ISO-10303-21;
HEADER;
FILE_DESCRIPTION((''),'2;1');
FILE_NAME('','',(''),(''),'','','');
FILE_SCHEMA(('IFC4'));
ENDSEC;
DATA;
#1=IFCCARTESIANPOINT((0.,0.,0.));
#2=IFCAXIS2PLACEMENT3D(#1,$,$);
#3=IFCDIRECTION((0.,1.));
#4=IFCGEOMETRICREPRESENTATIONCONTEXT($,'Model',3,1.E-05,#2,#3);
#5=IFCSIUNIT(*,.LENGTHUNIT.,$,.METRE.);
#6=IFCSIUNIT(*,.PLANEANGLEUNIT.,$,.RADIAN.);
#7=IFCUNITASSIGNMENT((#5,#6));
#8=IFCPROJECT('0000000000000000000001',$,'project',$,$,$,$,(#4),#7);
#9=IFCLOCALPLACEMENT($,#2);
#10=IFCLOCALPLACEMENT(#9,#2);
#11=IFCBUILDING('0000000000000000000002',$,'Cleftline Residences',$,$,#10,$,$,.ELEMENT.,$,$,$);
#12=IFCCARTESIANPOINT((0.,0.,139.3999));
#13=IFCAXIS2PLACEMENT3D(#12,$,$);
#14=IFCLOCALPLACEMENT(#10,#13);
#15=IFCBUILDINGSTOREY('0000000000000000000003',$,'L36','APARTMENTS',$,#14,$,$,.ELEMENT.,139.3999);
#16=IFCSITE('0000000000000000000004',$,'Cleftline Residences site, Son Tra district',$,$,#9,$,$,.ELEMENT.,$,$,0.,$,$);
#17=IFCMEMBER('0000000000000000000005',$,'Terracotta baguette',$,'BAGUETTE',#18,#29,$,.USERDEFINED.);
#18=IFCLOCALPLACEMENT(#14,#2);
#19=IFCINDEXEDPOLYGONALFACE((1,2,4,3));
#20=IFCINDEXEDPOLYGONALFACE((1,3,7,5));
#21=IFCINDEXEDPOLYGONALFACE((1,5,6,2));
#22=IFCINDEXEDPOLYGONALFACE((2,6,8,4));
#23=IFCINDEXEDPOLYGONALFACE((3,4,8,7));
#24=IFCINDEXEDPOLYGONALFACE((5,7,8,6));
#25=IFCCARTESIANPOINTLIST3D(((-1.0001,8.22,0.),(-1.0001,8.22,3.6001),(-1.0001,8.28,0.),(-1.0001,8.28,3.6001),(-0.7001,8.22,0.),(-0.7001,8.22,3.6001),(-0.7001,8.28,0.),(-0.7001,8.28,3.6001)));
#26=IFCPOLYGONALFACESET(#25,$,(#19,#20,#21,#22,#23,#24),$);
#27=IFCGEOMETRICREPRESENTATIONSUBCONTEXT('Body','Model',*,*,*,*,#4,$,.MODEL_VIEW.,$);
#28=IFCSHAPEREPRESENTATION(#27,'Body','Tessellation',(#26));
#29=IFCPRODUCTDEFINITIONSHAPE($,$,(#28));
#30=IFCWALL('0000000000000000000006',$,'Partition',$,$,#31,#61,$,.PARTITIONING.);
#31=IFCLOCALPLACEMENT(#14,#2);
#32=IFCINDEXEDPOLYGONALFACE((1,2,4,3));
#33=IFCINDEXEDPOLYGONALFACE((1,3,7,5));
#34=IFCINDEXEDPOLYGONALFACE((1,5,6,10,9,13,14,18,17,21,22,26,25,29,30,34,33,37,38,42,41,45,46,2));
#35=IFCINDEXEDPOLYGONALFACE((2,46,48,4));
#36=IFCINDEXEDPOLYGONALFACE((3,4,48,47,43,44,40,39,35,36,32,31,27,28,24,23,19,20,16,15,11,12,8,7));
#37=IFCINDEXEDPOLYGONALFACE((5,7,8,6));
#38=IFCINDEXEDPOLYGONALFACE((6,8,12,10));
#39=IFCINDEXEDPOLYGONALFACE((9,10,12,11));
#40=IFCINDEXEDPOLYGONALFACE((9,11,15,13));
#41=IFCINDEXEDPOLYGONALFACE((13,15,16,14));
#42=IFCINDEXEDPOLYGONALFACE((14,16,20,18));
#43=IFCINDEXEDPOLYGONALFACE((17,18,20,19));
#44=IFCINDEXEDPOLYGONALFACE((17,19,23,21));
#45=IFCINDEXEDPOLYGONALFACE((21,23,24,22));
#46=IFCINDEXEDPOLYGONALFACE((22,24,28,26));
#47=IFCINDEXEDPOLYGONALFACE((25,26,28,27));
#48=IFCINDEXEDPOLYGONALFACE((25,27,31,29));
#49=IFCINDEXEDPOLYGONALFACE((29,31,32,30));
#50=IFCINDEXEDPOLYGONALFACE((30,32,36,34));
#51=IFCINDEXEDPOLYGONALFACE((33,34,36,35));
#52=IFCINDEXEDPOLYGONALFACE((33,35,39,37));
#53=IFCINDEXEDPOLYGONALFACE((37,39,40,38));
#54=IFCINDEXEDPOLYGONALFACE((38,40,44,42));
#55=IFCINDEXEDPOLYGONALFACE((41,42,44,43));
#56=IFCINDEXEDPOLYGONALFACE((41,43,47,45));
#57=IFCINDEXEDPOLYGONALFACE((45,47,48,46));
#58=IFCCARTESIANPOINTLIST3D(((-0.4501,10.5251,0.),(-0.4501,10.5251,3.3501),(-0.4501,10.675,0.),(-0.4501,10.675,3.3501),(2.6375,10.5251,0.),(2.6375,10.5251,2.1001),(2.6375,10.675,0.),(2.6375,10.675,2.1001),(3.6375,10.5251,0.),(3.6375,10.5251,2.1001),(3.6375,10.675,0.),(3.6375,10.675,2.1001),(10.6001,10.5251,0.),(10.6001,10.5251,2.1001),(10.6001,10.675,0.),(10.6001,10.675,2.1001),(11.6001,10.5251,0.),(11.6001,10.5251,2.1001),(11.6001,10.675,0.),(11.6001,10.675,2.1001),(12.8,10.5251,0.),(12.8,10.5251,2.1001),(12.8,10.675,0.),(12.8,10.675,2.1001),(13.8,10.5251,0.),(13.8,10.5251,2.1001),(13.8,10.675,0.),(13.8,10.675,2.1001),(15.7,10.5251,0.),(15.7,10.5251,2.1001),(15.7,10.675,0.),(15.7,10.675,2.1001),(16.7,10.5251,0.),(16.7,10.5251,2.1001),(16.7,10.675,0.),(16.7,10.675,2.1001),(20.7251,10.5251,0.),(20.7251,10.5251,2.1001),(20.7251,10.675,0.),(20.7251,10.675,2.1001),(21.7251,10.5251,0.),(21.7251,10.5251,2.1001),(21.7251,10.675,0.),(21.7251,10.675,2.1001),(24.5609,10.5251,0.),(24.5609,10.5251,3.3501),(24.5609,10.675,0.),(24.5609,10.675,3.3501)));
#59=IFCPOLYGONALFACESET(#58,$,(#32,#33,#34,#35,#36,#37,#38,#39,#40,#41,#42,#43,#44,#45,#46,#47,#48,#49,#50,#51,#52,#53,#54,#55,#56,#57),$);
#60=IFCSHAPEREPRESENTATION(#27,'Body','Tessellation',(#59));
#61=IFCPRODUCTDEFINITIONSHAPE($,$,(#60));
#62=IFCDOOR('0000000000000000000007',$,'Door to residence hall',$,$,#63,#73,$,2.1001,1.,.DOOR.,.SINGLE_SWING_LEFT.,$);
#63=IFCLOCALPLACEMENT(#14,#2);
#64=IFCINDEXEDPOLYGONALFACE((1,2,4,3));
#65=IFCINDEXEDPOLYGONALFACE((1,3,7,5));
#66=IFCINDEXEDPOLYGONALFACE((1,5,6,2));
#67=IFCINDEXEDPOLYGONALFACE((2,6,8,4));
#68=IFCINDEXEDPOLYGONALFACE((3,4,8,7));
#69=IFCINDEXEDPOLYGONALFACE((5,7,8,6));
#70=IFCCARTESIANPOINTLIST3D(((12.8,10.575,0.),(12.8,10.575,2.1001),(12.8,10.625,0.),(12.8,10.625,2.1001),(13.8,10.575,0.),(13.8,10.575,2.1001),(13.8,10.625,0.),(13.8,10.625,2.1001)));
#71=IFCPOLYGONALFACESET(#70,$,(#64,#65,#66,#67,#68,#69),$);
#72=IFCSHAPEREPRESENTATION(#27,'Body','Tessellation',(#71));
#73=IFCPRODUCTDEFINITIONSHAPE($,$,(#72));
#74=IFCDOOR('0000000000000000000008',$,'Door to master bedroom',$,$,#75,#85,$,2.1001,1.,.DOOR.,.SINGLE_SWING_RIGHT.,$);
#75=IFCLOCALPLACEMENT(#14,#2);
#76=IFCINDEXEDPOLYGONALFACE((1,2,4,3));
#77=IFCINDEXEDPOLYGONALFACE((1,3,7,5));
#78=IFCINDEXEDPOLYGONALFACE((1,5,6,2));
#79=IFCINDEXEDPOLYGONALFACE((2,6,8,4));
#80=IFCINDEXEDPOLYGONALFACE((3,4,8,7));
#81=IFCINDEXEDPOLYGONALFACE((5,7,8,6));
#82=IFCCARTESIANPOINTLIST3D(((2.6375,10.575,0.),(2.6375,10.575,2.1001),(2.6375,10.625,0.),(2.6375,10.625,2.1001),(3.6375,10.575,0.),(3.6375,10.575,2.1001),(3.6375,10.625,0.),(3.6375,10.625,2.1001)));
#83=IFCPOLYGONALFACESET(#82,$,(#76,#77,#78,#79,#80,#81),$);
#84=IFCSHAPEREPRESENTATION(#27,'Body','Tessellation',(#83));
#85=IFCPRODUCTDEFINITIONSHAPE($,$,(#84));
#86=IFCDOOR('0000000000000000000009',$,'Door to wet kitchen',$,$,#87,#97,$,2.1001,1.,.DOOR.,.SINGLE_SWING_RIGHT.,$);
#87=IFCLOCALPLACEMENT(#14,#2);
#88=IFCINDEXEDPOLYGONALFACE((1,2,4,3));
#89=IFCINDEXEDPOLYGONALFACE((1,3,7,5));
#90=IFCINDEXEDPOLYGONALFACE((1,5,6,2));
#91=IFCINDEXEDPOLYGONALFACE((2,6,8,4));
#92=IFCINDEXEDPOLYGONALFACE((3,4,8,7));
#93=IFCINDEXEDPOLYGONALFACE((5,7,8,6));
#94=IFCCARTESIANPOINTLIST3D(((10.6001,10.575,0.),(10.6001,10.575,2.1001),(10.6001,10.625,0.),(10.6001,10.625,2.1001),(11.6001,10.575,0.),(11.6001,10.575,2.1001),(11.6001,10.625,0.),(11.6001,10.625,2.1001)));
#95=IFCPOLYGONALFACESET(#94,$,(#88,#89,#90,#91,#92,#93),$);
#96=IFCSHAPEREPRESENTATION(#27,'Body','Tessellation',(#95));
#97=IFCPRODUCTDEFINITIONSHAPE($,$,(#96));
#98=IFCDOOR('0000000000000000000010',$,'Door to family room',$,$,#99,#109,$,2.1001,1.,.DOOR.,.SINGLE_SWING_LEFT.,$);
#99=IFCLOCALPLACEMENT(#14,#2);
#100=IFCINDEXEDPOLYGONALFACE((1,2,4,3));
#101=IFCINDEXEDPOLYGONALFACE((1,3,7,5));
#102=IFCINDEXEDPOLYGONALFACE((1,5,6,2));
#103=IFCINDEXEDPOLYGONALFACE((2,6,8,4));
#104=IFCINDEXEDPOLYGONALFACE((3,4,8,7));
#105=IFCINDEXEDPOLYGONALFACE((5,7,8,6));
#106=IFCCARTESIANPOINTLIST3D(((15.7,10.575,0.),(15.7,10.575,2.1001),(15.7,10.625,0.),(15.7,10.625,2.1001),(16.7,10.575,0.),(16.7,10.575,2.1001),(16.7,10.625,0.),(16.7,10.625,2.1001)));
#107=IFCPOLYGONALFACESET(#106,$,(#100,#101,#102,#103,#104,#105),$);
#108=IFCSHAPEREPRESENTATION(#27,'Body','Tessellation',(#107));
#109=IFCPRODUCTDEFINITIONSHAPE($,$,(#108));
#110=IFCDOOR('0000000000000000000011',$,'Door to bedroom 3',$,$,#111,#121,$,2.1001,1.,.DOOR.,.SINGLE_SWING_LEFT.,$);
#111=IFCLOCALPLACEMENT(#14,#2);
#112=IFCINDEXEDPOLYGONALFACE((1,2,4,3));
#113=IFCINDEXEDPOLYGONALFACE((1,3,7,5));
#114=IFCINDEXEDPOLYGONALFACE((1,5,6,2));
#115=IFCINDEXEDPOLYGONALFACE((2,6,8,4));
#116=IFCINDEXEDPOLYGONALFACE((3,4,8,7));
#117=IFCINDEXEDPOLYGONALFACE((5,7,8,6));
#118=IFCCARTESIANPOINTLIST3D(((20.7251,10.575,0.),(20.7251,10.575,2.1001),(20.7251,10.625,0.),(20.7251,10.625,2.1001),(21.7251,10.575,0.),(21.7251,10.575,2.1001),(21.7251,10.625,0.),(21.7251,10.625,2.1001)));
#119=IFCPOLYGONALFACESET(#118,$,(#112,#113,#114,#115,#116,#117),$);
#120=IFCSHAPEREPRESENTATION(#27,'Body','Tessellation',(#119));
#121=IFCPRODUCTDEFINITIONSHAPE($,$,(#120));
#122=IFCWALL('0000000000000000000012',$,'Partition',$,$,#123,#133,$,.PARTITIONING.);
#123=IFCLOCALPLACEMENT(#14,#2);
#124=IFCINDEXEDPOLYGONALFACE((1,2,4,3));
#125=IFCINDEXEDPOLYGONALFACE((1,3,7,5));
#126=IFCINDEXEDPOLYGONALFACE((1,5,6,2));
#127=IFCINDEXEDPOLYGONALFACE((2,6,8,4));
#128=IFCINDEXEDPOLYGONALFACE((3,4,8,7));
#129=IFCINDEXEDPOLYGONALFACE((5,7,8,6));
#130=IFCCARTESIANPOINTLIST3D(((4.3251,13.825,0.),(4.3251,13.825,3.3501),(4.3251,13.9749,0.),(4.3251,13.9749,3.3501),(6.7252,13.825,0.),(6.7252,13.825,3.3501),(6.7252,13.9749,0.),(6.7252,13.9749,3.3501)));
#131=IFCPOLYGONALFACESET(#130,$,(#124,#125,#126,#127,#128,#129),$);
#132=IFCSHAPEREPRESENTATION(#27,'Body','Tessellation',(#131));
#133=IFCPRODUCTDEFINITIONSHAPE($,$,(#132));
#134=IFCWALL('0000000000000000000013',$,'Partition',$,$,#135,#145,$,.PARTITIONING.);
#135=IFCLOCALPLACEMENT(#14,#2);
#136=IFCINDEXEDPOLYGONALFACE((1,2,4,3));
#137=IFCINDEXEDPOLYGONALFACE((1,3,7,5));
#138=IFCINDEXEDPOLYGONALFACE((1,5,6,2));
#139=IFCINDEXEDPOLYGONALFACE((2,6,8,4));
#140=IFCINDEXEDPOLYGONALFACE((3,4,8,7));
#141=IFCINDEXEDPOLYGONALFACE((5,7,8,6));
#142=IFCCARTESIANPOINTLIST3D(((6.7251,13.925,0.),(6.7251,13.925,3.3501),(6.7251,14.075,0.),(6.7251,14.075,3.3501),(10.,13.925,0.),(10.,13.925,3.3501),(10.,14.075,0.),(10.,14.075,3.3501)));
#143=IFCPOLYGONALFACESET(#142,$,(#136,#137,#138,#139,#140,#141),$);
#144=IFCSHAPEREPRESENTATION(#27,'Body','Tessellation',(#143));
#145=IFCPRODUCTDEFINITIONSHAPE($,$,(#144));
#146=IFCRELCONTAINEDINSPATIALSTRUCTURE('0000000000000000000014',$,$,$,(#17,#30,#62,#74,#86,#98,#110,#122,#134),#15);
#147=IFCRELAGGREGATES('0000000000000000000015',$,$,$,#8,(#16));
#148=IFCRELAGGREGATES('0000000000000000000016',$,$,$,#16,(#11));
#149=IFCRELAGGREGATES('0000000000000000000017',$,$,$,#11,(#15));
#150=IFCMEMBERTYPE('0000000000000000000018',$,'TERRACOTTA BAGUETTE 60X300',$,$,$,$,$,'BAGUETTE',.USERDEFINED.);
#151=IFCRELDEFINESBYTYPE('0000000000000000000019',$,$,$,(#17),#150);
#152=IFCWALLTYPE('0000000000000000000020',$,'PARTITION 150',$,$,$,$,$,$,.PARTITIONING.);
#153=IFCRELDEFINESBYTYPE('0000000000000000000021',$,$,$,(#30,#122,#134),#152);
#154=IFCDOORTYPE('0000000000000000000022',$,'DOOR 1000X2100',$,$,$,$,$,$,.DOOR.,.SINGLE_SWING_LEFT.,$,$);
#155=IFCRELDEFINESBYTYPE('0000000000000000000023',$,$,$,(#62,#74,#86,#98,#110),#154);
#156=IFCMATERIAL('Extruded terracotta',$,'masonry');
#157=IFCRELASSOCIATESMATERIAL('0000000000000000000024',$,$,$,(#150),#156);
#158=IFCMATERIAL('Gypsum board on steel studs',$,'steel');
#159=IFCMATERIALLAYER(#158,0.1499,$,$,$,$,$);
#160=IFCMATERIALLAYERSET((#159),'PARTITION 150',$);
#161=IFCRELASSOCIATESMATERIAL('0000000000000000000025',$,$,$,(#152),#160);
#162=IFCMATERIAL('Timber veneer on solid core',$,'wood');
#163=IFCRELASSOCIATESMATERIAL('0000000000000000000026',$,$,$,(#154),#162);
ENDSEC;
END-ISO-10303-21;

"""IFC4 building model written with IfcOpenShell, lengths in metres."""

from ifc_helpers import new_model, si_unit, direction, frame, frame_2d, origin, origin_2d, place, context, subcontext, project, spatial, rectangle, extrude, material, layer, layer_set, material_profile, profile_set, type_object, element, fill, save


model = new_model("IFC4")

# Units and contexts
model_context = context("Model", 3, precision=1e-05, world=origin(), true_north=direction((0.0, 1.0)))
body_context = subcontext(model_context, "Body", "Model", "MODEL_VIEW")
ifc_project = project(units=[si_unit("LENGTHUNIT", "METRE"), si_unit("PLANEANGLEUNIT", "RADIAN")], contexts=[model_context])

# Site, building, storey
site_placement = place(None, origin())
site = spatial("IfcSite", under=ifc_project, at=site_placement, Name="Cleftline Residences site, Son Tra district", CompositionType="ELEMENT", RefElevation=0.0)
building_placement = place(site_placement, origin())
building = spatial("IfcBuilding", under=site, at=building_placement, Name="Cleftline Residences", CompositionType="ELEMENT")
storey_placement = place(building_placement, frame((0.0, 0.0, 139.3999)))
storey = spatial("IfcBuildingStorey", under=building, at=storey_placement, Name="L36", Description="APARTMENTS", CompositionType="ELEMENT", Elevation=139.3999)

# Member
ifc_material_1 = material(Name="Extruded terracotta", Category="masonry")
ifc_material_profile_1 = material_profile(ifc_material_1, rectangle(XDim=0.0601, YDim=0.3, at=origin_2d()))
ifc_profile_set_1 = profile_set([ifc_material_profile_1], Name="Extruded terracotta")
member_type_1 = type_object("IfcMemberType", Name="TERRACOTTA BAGUETTE 60X300", ElementType="BAGUETTE", PredefinedType="USERDEFINED", material=ifc_profile_set_1)
for number, where, z_axis, x_axis, name in (
    (1, (-0.8501, 8.25, 0.0), (0.0, 0.0, 1.0), (0.0, 1.0, 0.0), "Terracotta baguette"),
):
    element("IfcMember", number, at=place(storey_placement, frame(where, z_axis=z_axis, x_axis=x_axis)), inside=storey, type_object=member_type_1, Name=name, ObjectType="BAGUETTE", PredefinedType="USERDEFINED", context=body_context, shape_type="SweptSolid", body=[
        extrude(rectangle(XDim=0.0601, YDim=0.3, at=origin_2d()), origin(), (0.0, 0.0, 1.0), 3.6001),
    ])

# Wall, openings, doors
ifc_material_2 = material(Name="Gypsum board on steel studs", Category="steel")
ifc_layer = layer(ifc_material_2, 0.1499)
ifc_layer_set = layer_set([ifc_layer], Name="PARTITION 150")
wall_type = type_object("IfcWallType", Name="PARTITION 150", PredefinedType="PARTITIONING", material=ifc_layer_set)
wall_1_placement = place(storey_placement, frame((-0.45, 10.6001, 0.0), z_axis=(0.0, 0.0, 1.0), x_axis=(1.0, 0.0, 0.0)))
wall_1 = element("IfcWall", 2, at=wall_1_placement, inside=storey, type_object=wall_type, Name="Partition", PredefinedType="PARTITIONING", context=body_context, shape_type="SweptSolid", body=[
    extrude(rectangle(XDim=25.011, YDim=0.1499, at=frame_2d((12.5054, 0.0))), origin(), (0.0, 0.0, 1.0), 3.3501),
])
opening_1_placement = place(wall_1_placement, frame((13.25, 0.0, 0.0)))
opening_1 = element("IfcOpeningElement", 3, at=opening_1_placement, cuts=wall_1, PredefinedType="OPENING", context=body_context, shape_type="SweptSolid", body=[
    extrude(rectangle(XDim=1.0, YDim=2.1001, at=frame_2d((0.5, 1.05))), frame((0.0, 0.085, 0.0), z_axis=(0.0, -1.0, 0.0), x_axis=(1.0, 0.0, 0.0)), (0.0, 0.0, 1.0), 0.1699),
])
opening_2_placement = place(wall_1_placement, frame((3.0874, 0.0, 0.0)))
opening_2 = element("IfcOpeningElement", 4, at=opening_2_placement, cuts=wall_1, PredefinedType="OPENING", context=body_context, shape_type="SweptSolid", body=[
    extrude(rectangle(XDim=1.0, YDim=2.1001, at=frame_2d((0.5, 1.05))), frame((0.0, 0.085, 0.0), z_axis=(0.0, -1.0, 0.0), x_axis=(1.0, 0.0, 0.0)), (0.0, 0.0, 1.0), 0.1699),
])
opening_3_placement = place(wall_1_placement, frame((11.05, 0.0, 0.0)))
opening_3 = element("IfcOpeningElement", 5, at=opening_3_placement, cuts=wall_1, PredefinedType="OPENING", context=body_context, shape_type="SweptSolid", body=[
    extrude(rectangle(XDim=1.0, YDim=2.1001, at=frame_2d((0.5, 1.05))), frame((0.0, 0.085, 0.0), z_axis=(0.0, -1.0, 0.0), x_axis=(1.0, 0.0, 0.0)), (0.0, 0.0, 1.0), 0.1699),
])
opening_4_placement = place(wall_1_placement, frame((16.1499, 0.0, 0.0)))
opening_4 = element("IfcOpeningElement", 6, at=opening_4_placement, cuts=wall_1, PredefinedType="OPENING", context=body_context, shape_type="SweptSolid", body=[
    extrude(rectangle(XDim=1.0, YDim=2.1001, at=frame_2d((0.5, 1.05))), frame((0.0, 0.085, 0.0), z_axis=(0.0, -1.0, 0.0), x_axis=(1.0, 0.0, 0.0)), (0.0, 0.0, 1.0), 0.1699),
])
opening_5_placement = place(wall_1_placement, frame((21.175, 0.0, 0.0)))
opening_5 = element("IfcOpeningElement", 7, at=opening_5_placement, cuts=wall_1, PredefinedType="OPENING", context=body_context, shape_type="SweptSolid", body=[
    extrude(rectangle(XDim=1.0, YDim=2.1001, at=frame_2d((0.5, 1.05))), frame((0.0, 0.085, 0.0), z_axis=(0.0, -1.0, 0.0), x_axis=(1.0, 0.0, 0.0)), (0.0, 0.0, 1.0), 0.1699),
])
ifc_material_3 = material(Name="Timber veneer on solid core", Category="wood")
door_type_1 = type_object("IfcDoorType", Name="DOOR 1000X2100", OperationType="SINGLE_SWING_LEFT", PredefinedType="DOOR", material=ifc_material_3)
door_1_placement = place(opening_1_placement, origin())
door_1 = element("IfcDoor", 8, at=door_1_placement, inside=storey, type_object=door_type_1, Name="Door to residence hall", OperationType="SINGLE_SWING_LEFT", OverallHeight=2.1001, OverallWidth=1.0, PredefinedType="DOOR", context=body_context, shape_type="SweptSolid", body=[
    extrude(rectangle(XDim=1.0, YDim=2.1001, at=frame_2d((0.5, 1.05))), frame((0.0, 0.0249, 0.0), z_axis=(0.0, -1.0, 0.0), x_axis=(1.0, 0.0, 0.0)), (0.0, 0.0, 1.0), 0.05),
])
fill(opening_1, door_1)
door_2_placement = place(opening_2_placement, origin())
door_2 = element("IfcDoor", 9, at=door_2_placement, inside=storey, type_object=door_type_1, Name="Door to master bedroom", OperationType="SINGLE_SWING_RIGHT", OverallHeight=2.1001, OverallWidth=1.0, PredefinedType="DOOR", context=body_context, shape_type="SweptSolid", body=[
    extrude(rectangle(XDim=1.0, YDim=2.1001, at=frame_2d((0.5, 1.05))), frame((0.0, 0.0249, 0.0), z_axis=(0.0, -1.0, 0.0), x_axis=(1.0, 0.0, 0.0)), (0.0, 0.0, 1.0), 0.05),
])
fill(opening_2, door_2)
door_3_placement = place(opening_3_placement, origin())
door_3 = element("IfcDoor", 10, at=door_3_placement, inside=storey, type_object=door_type_1, Name="Door to wet kitchen", OperationType="SINGLE_SWING_RIGHT", OverallHeight=2.1001, OverallWidth=1.0, PredefinedType="DOOR", context=body_context, shape_type="SweptSolid", body=[
    extrude(rectangle(XDim=1.0, YDim=2.1001, at=frame_2d((0.5, 1.05))), frame((0.0, 0.0249, 0.0), z_axis=(0.0, -1.0, 0.0), x_axis=(1.0, 0.0, 0.0)), (0.0, 0.0, 1.0), 0.05),
])
fill(opening_3, door_3)
door_4_placement = place(opening_4_placement, origin())
door_4 = element("IfcDoor", 11, at=door_4_placement, inside=storey, type_object=door_type_1, Name="Door to family room", OperationType="SINGLE_SWING_LEFT", OverallHeight=2.1001, OverallWidth=1.0, PredefinedType="DOOR", context=body_context, shape_type="SweptSolid", body=[
    extrude(rectangle(XDim=1.0, YDim=2.1001, at=frame_2d((0.5, 1.05))), frame((0.0, 0.0249, 0.0), z_axis=(0.0, -1.0, 0.0), x_axis=(1.0, 0.0, 0.0)), (0.0, 0.0, 1.0), 0.05),
])
fill(opening_4, door_4)
door_5_placement = place(opening_5_placement, origin())
door_5 = element("IfcDoor", 12, at=door_5_placement, inside=storey, type_object=door_type_1, Name="Door to bedroom 3", OperationType="SINGLE_SWING_LEFT", OverallHeight=2.1001, OverallWidth=1.0, PredefinedType="DOOR", context=body_context, shape_type="SweptSolid", body=[
    extrude(rectangle(XDim=1.0, YDim=2.1001, at=frame_2d((0.5, 1.05))), frame((0.0, 0.0249, 0.0), z_axis=(0.0, -1.0, 0.0), x_axis=(1.0, 0.0, 0.0)), (0.0, 0.0, 1.0), 0.05),
])
fill(opening_5, door_5)

# Walls
wall_2_placement = place(storey_placement, frame((4.325, 13.8999, 0.0), z_axis=(0.0, 0.0, 1.0), x_axis=(1.0, 0.0, 0.0)))
element("IfcWall", 13, at=wall_2_placement, inside=storey, type_object=wall_type, Name="Partition", PredefinedType="PARTITIONING", context=body_context, shape_type="SweptSolid", body=[
    extrude(rectangle(XDim=2.4001, YDim=0.1499, at=frame_2d((1.2002, 0.0))), origin(), (0.0, 0.0, 1.0), 3.3501),
])
wall_3_placement = place(storey_placement, frame((6.7251, 14.0, 0.0), z_axis=(0.0, 0.0, 1.0), x_axis=(1.0, 0.0, 0.0)))
element("IfcWall", 14, at=wall_3_placement, inside=storey, type_object=wall_type, Name="Partition", PredefinedType="PARTITIONING", context=body_context, shape_type="SweptSolid", body=[
    extrude(rectangle(XDim=3.2749, YDim=0.1499, at=frame_2d((1.6375, 0.0))), origin(), (0.0, 0.0, 1.0), 3.3501),
])

save(model, "model.ifc")
